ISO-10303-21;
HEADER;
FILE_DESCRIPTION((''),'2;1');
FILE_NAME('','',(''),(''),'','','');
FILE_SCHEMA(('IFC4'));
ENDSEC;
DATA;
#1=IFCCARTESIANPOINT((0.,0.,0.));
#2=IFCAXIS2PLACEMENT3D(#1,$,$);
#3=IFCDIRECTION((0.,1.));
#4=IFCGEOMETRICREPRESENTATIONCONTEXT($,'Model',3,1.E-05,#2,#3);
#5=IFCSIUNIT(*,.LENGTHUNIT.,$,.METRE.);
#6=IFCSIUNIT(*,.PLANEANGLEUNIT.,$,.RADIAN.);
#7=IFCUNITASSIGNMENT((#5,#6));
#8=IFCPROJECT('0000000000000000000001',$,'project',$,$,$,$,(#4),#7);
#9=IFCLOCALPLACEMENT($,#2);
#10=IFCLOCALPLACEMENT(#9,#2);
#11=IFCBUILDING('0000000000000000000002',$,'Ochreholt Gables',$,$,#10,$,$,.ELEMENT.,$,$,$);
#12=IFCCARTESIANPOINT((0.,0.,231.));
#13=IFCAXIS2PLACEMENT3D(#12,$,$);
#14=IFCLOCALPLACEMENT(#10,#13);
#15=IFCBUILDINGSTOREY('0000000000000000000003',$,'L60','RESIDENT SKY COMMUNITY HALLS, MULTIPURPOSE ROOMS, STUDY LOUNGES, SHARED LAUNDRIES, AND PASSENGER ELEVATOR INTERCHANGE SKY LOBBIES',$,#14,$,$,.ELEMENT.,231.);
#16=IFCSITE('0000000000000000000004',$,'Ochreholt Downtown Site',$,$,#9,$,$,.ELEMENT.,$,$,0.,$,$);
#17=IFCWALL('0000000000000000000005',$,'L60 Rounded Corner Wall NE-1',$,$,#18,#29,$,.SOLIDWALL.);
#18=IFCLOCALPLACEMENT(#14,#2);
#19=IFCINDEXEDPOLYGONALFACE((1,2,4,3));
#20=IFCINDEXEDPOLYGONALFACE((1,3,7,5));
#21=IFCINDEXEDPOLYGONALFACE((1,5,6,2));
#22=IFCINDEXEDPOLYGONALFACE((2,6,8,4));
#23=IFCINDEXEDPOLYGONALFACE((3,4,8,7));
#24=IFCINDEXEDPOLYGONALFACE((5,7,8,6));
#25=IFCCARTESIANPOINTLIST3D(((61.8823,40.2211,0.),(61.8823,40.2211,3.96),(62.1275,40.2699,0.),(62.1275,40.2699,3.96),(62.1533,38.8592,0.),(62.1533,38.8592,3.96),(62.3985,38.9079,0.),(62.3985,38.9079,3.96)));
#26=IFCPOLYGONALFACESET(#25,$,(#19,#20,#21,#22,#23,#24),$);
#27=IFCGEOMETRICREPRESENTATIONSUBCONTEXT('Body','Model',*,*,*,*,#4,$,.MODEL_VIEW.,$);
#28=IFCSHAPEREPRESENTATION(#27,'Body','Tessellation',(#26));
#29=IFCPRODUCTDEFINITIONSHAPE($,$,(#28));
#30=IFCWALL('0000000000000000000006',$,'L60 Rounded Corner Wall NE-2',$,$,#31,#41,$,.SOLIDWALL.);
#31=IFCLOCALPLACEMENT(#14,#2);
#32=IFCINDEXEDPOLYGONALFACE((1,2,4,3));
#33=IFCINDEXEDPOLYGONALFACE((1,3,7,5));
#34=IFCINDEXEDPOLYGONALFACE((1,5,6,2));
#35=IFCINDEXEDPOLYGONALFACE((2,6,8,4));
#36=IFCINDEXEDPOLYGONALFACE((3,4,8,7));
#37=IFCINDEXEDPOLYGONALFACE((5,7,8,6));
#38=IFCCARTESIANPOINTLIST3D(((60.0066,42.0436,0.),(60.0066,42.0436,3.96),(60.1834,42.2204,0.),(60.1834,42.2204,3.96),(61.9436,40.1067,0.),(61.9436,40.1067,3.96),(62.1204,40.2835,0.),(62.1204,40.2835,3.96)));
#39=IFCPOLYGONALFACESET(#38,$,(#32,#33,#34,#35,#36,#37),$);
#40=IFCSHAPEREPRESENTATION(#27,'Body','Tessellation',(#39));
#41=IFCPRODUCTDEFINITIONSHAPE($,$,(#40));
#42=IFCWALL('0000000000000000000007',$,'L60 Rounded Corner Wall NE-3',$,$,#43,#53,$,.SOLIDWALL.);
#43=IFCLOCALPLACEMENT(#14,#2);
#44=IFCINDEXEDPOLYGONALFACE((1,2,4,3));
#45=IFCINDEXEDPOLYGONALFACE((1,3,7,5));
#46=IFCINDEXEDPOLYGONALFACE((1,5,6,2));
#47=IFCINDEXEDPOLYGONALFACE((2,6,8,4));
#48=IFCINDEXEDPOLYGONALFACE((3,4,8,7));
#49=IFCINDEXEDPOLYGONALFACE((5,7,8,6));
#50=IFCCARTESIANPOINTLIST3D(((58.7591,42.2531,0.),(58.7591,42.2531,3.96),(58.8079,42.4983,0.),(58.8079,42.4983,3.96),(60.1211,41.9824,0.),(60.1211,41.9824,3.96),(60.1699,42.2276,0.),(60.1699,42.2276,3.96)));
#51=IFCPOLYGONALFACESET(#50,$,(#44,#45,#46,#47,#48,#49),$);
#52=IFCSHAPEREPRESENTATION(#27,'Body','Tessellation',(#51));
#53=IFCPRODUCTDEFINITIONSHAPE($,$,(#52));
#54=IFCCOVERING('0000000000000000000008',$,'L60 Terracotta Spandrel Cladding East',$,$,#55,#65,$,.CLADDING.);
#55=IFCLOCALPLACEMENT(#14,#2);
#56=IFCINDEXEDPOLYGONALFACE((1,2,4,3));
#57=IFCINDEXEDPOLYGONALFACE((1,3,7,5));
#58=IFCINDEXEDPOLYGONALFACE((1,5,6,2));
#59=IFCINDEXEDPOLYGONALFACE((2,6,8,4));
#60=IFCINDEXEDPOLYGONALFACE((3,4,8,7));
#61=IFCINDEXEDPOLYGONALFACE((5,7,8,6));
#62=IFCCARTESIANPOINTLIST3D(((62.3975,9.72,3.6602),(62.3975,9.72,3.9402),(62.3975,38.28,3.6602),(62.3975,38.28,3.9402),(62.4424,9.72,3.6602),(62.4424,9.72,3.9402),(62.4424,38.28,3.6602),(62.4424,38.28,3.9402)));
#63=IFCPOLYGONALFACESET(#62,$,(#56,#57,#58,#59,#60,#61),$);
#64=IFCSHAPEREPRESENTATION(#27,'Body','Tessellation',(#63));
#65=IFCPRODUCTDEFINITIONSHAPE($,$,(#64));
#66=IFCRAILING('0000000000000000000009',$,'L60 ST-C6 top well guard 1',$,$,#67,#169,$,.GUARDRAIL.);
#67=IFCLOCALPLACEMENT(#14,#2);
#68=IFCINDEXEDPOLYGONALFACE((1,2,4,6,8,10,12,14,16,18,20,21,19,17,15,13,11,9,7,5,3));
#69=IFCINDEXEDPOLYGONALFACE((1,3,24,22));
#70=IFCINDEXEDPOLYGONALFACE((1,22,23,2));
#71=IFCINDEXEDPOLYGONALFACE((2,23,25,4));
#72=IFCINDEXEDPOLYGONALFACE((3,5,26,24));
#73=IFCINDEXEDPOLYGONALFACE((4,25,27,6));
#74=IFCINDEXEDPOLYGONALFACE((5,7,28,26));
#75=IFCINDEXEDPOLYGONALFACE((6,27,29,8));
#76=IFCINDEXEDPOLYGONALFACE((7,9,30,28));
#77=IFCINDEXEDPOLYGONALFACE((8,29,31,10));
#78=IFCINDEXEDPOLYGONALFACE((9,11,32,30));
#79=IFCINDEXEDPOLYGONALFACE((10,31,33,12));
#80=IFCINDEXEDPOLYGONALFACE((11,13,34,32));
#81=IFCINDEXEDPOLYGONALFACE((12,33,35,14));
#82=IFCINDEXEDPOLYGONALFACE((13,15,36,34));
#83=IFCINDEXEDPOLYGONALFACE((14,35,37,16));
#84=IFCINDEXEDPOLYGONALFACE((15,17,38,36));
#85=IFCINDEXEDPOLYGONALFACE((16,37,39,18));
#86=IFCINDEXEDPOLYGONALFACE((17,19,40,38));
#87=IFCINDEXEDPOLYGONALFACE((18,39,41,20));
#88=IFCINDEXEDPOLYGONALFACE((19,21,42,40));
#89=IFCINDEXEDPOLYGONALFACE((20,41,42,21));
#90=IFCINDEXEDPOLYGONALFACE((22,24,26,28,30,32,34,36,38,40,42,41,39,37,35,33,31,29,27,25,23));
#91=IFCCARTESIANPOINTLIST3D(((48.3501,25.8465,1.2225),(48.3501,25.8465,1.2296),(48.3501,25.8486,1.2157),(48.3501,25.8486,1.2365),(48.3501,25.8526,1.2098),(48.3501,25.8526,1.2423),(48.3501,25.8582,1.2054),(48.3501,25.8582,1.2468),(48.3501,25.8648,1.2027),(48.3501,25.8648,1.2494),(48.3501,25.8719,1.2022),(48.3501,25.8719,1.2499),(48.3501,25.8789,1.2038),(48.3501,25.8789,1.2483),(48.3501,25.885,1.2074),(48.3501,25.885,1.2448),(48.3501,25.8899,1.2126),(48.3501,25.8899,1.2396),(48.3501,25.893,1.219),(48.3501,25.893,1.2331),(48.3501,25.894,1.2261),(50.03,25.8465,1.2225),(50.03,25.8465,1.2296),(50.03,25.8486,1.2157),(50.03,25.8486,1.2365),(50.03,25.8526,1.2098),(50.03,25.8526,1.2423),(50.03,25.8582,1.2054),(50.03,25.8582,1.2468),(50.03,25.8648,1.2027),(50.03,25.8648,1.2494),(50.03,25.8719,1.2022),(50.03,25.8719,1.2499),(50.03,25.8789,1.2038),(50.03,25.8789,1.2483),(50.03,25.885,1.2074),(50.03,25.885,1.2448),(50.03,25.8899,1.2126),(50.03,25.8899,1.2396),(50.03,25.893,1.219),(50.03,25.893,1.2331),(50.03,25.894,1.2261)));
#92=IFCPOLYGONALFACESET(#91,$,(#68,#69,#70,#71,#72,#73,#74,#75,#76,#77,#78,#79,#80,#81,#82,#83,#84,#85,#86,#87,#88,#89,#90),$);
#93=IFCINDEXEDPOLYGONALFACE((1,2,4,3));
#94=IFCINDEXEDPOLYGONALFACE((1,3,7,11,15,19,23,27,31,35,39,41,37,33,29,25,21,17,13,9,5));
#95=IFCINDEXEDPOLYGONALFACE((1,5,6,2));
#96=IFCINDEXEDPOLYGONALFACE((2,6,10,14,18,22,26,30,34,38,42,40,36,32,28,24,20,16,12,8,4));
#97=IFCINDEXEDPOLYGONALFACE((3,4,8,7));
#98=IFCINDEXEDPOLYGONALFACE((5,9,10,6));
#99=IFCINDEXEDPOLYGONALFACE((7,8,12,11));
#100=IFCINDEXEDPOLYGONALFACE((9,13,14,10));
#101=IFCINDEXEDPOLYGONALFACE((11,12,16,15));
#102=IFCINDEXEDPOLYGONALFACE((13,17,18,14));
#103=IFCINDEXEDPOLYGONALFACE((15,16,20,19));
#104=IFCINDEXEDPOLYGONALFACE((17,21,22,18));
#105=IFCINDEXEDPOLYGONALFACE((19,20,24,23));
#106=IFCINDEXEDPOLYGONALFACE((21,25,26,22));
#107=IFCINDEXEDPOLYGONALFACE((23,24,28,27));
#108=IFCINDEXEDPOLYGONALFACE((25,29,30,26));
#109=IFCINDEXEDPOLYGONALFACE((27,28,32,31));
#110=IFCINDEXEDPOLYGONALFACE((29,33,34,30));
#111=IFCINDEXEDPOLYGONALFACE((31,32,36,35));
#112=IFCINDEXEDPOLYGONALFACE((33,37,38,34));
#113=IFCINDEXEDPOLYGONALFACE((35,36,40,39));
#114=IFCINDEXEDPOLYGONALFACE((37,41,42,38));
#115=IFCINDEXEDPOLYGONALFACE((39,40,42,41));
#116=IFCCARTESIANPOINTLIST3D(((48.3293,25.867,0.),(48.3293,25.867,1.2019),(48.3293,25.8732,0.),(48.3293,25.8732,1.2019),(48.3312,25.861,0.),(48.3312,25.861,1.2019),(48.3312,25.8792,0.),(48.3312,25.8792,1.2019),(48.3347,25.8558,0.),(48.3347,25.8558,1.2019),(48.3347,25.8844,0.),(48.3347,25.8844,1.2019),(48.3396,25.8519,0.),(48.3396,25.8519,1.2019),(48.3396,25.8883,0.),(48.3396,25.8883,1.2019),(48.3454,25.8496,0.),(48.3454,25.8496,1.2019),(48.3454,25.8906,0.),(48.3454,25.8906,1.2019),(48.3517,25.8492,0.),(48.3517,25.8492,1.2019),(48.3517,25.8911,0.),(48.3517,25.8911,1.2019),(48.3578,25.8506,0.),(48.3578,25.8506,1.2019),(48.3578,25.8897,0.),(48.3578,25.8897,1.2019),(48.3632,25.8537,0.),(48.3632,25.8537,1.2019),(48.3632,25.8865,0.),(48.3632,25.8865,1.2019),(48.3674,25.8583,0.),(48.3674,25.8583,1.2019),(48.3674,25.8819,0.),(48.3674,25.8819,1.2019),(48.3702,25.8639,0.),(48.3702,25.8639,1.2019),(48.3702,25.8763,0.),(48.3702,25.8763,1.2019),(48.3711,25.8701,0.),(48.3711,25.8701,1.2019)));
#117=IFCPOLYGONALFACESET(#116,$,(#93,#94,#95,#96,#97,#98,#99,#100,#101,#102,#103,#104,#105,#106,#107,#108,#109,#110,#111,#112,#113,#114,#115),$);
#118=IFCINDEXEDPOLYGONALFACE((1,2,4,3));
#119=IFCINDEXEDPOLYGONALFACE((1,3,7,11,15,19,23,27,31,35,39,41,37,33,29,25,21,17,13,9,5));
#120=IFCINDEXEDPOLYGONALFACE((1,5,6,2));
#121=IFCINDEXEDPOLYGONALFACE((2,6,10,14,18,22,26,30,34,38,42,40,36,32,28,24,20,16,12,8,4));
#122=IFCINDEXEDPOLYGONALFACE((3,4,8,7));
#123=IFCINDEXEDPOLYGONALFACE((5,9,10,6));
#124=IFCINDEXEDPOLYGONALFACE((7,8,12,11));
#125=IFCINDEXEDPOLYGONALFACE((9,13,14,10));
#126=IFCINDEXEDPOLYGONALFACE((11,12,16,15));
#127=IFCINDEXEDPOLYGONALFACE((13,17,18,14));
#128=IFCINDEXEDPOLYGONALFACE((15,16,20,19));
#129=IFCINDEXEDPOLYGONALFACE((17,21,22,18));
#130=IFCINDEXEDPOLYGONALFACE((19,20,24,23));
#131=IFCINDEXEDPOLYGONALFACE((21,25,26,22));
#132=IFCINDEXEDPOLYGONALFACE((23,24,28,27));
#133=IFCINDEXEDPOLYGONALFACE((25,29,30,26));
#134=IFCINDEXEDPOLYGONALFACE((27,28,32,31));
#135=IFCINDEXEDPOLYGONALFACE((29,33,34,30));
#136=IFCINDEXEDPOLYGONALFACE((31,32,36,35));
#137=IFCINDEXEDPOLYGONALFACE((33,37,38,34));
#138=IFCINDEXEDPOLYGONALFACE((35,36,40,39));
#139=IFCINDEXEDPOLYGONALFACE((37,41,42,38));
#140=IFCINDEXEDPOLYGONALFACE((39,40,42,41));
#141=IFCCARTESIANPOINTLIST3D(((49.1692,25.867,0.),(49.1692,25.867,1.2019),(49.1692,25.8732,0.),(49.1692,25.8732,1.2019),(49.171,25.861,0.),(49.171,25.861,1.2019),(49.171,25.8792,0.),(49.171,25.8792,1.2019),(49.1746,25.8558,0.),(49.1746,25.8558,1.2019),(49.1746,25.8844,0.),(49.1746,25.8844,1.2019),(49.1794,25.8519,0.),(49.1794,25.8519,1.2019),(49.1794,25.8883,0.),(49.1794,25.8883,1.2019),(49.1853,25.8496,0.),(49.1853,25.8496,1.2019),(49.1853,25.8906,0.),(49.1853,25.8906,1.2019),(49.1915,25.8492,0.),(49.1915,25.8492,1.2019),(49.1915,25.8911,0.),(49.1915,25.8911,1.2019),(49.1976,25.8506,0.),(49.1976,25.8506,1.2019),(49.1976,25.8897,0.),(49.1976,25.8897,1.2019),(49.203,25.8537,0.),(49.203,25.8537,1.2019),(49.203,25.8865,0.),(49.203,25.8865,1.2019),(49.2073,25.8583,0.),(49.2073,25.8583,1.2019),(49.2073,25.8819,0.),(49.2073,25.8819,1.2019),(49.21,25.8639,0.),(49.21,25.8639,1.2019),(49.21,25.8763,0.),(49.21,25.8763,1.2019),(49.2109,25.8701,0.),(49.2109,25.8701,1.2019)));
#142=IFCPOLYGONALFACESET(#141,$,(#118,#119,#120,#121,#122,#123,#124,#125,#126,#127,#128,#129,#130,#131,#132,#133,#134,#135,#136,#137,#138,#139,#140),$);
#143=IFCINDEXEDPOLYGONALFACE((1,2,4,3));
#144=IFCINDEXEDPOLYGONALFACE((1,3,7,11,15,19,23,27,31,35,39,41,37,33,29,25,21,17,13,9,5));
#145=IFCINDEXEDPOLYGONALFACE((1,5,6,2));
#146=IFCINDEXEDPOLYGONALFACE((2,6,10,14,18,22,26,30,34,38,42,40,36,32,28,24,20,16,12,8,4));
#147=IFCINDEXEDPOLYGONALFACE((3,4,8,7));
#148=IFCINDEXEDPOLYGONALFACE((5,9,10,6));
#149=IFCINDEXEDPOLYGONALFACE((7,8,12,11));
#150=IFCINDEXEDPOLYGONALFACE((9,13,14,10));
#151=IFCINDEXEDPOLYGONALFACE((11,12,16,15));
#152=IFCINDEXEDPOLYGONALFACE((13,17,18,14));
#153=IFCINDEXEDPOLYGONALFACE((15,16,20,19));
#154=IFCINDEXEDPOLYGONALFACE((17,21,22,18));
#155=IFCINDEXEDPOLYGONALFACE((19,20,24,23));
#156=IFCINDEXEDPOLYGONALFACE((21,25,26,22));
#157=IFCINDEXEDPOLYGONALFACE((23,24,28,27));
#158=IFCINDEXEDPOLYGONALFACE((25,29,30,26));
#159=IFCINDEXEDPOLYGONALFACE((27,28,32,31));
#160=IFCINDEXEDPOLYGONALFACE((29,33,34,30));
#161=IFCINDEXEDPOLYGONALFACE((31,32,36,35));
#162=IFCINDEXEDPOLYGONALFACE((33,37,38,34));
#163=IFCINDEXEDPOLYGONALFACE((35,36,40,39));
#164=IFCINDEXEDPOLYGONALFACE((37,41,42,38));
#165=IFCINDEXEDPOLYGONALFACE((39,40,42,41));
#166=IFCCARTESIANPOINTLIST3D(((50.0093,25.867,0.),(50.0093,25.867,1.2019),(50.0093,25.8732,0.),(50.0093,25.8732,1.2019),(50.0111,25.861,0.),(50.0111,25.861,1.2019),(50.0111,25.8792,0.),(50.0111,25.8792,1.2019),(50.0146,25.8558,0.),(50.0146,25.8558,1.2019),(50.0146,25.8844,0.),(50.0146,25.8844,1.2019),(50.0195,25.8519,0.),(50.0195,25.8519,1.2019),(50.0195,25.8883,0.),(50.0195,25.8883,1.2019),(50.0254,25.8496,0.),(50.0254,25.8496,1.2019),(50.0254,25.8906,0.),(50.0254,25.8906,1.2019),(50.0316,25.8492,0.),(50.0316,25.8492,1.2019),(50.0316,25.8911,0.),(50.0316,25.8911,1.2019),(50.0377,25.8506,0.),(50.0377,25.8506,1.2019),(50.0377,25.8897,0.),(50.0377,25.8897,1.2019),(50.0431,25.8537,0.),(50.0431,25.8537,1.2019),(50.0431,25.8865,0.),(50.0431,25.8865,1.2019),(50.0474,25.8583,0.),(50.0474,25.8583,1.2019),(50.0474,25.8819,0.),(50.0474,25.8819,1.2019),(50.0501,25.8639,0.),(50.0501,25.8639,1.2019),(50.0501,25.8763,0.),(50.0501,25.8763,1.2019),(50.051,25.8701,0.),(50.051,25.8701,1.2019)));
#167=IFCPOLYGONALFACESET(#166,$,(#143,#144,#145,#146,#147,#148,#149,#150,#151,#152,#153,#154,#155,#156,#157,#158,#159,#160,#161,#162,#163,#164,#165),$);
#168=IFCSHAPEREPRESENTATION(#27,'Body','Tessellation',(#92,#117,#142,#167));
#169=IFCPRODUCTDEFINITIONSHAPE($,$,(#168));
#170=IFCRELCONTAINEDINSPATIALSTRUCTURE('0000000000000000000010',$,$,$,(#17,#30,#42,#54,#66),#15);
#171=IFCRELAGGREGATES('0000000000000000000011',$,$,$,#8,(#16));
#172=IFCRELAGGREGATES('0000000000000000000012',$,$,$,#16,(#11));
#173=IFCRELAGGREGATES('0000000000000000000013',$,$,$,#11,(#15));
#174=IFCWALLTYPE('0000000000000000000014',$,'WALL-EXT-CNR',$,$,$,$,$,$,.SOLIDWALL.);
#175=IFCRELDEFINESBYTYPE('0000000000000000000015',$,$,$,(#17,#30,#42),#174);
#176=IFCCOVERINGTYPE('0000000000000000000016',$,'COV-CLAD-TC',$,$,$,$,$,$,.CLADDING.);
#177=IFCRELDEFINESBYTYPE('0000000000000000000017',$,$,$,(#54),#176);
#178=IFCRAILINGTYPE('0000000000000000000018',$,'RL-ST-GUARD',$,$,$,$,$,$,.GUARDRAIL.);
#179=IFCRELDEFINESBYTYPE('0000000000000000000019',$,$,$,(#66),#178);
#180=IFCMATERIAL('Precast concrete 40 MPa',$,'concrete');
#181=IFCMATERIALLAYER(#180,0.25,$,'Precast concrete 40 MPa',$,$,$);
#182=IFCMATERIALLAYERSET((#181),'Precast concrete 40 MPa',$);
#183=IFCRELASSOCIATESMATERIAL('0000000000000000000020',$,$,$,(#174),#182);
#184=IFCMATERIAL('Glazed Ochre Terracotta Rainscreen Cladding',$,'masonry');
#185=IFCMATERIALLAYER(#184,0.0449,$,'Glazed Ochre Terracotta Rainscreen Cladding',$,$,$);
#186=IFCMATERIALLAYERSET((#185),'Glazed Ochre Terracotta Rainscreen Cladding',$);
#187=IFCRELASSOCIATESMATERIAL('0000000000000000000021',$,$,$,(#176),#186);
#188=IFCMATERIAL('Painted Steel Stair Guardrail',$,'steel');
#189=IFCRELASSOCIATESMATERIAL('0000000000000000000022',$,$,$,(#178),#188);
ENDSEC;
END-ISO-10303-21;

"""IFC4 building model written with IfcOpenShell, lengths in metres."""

from ifc_helpers import new_model, si_unit, direction, frame, frame_2d, origin, origin_2d, place, context, subcontext, project, spatial, rectangle, circle, extrude, material, layer, layer_set, type_object, element, save


model = new_model("IFC4")

# Units and contexts
model_context = context("Model", 3, precision=1e-05, world=origin(), true_north=direction((0.0, 1.0)))
body_context = subcontext(model_context, "Body", "Model", "MODEL_VIEW")
ifc_project = project(units=[si_unit("LENGTHUNIT", "METRE"), si_unit("PLANEANGLEUNIT", "RADIAN")], contexts=[model_context])

# Site, building, storey
site_placement = place(None, origin())
site = spatial("IfcSite", under=ifc_project, at=site_placement, Name="Ochreholt Downtown Site", CompositionType="ELEMENT", RefElevation=0.0)
building_placement = place(site_placement, origin())
building = spatial("IfcBuilding", under=site, at=building_placement, Name="Ochreholt Gables", CompositionType="ELEMENT")
storey_placement = place(building_placement, frame((0.0, 0.0, 231.0)))
storey = spatial("IfcBuildingStorey", under=building, at=storey_placement, Name="L60", Description="RESIDENT SKY COMMUNITY HALLS, MULTIPURPOSE ROOMS, STUDY LOUNGES, SHARED LAUNDRIES, AND PASSENGER ELEVATOR INTERCHANGE SKY LOBBIES", CompositionType="ELEMENT", Elevation=231.0)

# Shared definitions
ifc_material_1 = material(Name="Precast concrete 40 MPa", Category="concrete")

# Walls
ifc_layer_1 = layer(ifc_material_1, 0.25, Name="Precast concrete 40 MPa")
ifc_layer_set_1 = layer_set([ifc_layer_1], Name="Precast concrete 40 MPa")
wall_type_1 = type_object("IfcWallType", Name="WALL-EXT-CNR", PredefinedType="SOLIDWALL", material=ifc_layer_set_1)
wall_1_placement = place(storey_placement, frame((62.2759, 38.8835, 0.0), z_axis=(0.0, 0.0, 1.0), x_axis=(-0.195136, 0.980776, 0.0)))
element("IfcWall", 1, at=wall_1_placement, inside=storey, type_object=wall_type_1, Name="L60 Rounded Corner Wall NE-1", PredefinedType="SOLIDWALL", context=body_context, shape_type="SweptSolid", body=[
    extrude(rectangle(XDim=1.3887, YDim=0.25, at=frame_2d((0.6943, 0.0))), origin(), (0.0, 0.0, 1.0), 3.96),
])
wall_2_placement = place(storey_placement, frame((62.032, 40.1951, 0.0), z_axis=(0.0, 0.0, 1.0), x_axis=(-0.707107, 0.707107, 0.0)))
element("IfcWall", 2, at=wall_2_placement, inside=storey, type_object=wall_type_1, Name="L60 Rounded Corner Wall NE-2", PredefinedType="SOLIDWALL", context=body_context, shape_type="SweptSolid", body=[
    extrude(rectangle(XDim=2.7393, YDim=0.25, at=frame_2d((1.3696, 0.0))), origin(), (0.0, 0.0, 1.0), 3.96),
])
wall_3_placement = place(storey_placement, frame((60.1455, 42.105, 0.0), z_axis=(0.0, 0.0, 1.0), x_axis=(-0.98081, 0.194967, 0.0)))
element("IfcWall", 3, at=wall_3_placement, inside=storey, type_object=wall_type_1, Name="L60 Rounded Corner Wall NE-3", PredefinedType="SOLIDWALL", context=body_context, shape_type="SweptSolid", body=[
    extrude(rectangle(XDim=1.3887, YDim=0.25, at=frame_2d((0.6943, 0.0))), origin(), (0.0, 0.0, 1.0), 3.96),
])

# Covering
ifc_material_2 = material(Name="Glazed Ochre Terracotta Rainscreen Cladding", Category="masonry")
ifc_layer_2 = layer(ifc_material_2, 0.0449, Name="Glazed Ochre Terracotta Rainscreen Cladding")
ifc_layer_set_2 = layer_set([ifc_layer_2], Name="Glazed Ochre Terracotta Rainscreen Cladding")
covering_type = type_object("IfcCoveringType", Name="COV-CLAD-TC", PredefinedType="CLADDING", material=ifc_layer_set_2)
covering_placement = place(storey_placement, frame((62.4199, 24.0, 3.6602), z_axis=(0.0, 0.0, 1.0), x_axis=(0.0, 1.0, 0.0)))
element("IfcCovering", 4, at=covering_placement, inside=storey, type_object=covering_type, Name="L60 Terracotta Spandrel Cladding East", PredefinedType="CLADDING", context=body_context, shape_type="SweptSolid", body=[
    extrude(rectangle(XDim=28.5601, YDim=0.0449, at=origin_2d()), origin(), (0.0, 0.0, 1.0), 0.28),
])

# Railing
ifc_material_3 = material(Name="Painted Steel Stair Guardrail", Category="steel")
railing_type = type_object("IfcRailingType", Name="RL-ST-GUARD", PredefinedType="GUARDRAIL", material=ifc_material_3)
railing_placement = place(storey_placement, frame((48.3501, 25.8701, 0.0)))
element("IfcRailing", 5, at=railing_placement, inside=storey, type_object=railing_type, Name="L60 ST-C6 top well guard 1", PredefinedType="GUARDRAIL", context=body_context, shape_type="SweptSolid", body=[
    extrude(circle(Radius=0.0239, at=origin_2d()), frame((0.0, 0.0, 1.2261), z_axis=(1.0, 0.0, 0.0), x_axis=(0.0, 1.0, 0.0)), (0.0, 0.0, 1.0), 1.6799),
    extrude(circle(Radius=0.021, at=origin_2d()), origin(), (0.0, 0.0, 1.0), 1.2019),
    extrude(circle(Radius=0.021, at=origin_2d()), frame((0.8398, 0.0, 0.0)), (0.0, 0.0, 1.0), 1.2019),
    extrude(circle(Radius=0.021, at=origin_2d()), frame((1.6799, 0.0, 0.0)), (0.0, 0.0, 1.0), 1.2019),
])

save(model, "model.ifc")
